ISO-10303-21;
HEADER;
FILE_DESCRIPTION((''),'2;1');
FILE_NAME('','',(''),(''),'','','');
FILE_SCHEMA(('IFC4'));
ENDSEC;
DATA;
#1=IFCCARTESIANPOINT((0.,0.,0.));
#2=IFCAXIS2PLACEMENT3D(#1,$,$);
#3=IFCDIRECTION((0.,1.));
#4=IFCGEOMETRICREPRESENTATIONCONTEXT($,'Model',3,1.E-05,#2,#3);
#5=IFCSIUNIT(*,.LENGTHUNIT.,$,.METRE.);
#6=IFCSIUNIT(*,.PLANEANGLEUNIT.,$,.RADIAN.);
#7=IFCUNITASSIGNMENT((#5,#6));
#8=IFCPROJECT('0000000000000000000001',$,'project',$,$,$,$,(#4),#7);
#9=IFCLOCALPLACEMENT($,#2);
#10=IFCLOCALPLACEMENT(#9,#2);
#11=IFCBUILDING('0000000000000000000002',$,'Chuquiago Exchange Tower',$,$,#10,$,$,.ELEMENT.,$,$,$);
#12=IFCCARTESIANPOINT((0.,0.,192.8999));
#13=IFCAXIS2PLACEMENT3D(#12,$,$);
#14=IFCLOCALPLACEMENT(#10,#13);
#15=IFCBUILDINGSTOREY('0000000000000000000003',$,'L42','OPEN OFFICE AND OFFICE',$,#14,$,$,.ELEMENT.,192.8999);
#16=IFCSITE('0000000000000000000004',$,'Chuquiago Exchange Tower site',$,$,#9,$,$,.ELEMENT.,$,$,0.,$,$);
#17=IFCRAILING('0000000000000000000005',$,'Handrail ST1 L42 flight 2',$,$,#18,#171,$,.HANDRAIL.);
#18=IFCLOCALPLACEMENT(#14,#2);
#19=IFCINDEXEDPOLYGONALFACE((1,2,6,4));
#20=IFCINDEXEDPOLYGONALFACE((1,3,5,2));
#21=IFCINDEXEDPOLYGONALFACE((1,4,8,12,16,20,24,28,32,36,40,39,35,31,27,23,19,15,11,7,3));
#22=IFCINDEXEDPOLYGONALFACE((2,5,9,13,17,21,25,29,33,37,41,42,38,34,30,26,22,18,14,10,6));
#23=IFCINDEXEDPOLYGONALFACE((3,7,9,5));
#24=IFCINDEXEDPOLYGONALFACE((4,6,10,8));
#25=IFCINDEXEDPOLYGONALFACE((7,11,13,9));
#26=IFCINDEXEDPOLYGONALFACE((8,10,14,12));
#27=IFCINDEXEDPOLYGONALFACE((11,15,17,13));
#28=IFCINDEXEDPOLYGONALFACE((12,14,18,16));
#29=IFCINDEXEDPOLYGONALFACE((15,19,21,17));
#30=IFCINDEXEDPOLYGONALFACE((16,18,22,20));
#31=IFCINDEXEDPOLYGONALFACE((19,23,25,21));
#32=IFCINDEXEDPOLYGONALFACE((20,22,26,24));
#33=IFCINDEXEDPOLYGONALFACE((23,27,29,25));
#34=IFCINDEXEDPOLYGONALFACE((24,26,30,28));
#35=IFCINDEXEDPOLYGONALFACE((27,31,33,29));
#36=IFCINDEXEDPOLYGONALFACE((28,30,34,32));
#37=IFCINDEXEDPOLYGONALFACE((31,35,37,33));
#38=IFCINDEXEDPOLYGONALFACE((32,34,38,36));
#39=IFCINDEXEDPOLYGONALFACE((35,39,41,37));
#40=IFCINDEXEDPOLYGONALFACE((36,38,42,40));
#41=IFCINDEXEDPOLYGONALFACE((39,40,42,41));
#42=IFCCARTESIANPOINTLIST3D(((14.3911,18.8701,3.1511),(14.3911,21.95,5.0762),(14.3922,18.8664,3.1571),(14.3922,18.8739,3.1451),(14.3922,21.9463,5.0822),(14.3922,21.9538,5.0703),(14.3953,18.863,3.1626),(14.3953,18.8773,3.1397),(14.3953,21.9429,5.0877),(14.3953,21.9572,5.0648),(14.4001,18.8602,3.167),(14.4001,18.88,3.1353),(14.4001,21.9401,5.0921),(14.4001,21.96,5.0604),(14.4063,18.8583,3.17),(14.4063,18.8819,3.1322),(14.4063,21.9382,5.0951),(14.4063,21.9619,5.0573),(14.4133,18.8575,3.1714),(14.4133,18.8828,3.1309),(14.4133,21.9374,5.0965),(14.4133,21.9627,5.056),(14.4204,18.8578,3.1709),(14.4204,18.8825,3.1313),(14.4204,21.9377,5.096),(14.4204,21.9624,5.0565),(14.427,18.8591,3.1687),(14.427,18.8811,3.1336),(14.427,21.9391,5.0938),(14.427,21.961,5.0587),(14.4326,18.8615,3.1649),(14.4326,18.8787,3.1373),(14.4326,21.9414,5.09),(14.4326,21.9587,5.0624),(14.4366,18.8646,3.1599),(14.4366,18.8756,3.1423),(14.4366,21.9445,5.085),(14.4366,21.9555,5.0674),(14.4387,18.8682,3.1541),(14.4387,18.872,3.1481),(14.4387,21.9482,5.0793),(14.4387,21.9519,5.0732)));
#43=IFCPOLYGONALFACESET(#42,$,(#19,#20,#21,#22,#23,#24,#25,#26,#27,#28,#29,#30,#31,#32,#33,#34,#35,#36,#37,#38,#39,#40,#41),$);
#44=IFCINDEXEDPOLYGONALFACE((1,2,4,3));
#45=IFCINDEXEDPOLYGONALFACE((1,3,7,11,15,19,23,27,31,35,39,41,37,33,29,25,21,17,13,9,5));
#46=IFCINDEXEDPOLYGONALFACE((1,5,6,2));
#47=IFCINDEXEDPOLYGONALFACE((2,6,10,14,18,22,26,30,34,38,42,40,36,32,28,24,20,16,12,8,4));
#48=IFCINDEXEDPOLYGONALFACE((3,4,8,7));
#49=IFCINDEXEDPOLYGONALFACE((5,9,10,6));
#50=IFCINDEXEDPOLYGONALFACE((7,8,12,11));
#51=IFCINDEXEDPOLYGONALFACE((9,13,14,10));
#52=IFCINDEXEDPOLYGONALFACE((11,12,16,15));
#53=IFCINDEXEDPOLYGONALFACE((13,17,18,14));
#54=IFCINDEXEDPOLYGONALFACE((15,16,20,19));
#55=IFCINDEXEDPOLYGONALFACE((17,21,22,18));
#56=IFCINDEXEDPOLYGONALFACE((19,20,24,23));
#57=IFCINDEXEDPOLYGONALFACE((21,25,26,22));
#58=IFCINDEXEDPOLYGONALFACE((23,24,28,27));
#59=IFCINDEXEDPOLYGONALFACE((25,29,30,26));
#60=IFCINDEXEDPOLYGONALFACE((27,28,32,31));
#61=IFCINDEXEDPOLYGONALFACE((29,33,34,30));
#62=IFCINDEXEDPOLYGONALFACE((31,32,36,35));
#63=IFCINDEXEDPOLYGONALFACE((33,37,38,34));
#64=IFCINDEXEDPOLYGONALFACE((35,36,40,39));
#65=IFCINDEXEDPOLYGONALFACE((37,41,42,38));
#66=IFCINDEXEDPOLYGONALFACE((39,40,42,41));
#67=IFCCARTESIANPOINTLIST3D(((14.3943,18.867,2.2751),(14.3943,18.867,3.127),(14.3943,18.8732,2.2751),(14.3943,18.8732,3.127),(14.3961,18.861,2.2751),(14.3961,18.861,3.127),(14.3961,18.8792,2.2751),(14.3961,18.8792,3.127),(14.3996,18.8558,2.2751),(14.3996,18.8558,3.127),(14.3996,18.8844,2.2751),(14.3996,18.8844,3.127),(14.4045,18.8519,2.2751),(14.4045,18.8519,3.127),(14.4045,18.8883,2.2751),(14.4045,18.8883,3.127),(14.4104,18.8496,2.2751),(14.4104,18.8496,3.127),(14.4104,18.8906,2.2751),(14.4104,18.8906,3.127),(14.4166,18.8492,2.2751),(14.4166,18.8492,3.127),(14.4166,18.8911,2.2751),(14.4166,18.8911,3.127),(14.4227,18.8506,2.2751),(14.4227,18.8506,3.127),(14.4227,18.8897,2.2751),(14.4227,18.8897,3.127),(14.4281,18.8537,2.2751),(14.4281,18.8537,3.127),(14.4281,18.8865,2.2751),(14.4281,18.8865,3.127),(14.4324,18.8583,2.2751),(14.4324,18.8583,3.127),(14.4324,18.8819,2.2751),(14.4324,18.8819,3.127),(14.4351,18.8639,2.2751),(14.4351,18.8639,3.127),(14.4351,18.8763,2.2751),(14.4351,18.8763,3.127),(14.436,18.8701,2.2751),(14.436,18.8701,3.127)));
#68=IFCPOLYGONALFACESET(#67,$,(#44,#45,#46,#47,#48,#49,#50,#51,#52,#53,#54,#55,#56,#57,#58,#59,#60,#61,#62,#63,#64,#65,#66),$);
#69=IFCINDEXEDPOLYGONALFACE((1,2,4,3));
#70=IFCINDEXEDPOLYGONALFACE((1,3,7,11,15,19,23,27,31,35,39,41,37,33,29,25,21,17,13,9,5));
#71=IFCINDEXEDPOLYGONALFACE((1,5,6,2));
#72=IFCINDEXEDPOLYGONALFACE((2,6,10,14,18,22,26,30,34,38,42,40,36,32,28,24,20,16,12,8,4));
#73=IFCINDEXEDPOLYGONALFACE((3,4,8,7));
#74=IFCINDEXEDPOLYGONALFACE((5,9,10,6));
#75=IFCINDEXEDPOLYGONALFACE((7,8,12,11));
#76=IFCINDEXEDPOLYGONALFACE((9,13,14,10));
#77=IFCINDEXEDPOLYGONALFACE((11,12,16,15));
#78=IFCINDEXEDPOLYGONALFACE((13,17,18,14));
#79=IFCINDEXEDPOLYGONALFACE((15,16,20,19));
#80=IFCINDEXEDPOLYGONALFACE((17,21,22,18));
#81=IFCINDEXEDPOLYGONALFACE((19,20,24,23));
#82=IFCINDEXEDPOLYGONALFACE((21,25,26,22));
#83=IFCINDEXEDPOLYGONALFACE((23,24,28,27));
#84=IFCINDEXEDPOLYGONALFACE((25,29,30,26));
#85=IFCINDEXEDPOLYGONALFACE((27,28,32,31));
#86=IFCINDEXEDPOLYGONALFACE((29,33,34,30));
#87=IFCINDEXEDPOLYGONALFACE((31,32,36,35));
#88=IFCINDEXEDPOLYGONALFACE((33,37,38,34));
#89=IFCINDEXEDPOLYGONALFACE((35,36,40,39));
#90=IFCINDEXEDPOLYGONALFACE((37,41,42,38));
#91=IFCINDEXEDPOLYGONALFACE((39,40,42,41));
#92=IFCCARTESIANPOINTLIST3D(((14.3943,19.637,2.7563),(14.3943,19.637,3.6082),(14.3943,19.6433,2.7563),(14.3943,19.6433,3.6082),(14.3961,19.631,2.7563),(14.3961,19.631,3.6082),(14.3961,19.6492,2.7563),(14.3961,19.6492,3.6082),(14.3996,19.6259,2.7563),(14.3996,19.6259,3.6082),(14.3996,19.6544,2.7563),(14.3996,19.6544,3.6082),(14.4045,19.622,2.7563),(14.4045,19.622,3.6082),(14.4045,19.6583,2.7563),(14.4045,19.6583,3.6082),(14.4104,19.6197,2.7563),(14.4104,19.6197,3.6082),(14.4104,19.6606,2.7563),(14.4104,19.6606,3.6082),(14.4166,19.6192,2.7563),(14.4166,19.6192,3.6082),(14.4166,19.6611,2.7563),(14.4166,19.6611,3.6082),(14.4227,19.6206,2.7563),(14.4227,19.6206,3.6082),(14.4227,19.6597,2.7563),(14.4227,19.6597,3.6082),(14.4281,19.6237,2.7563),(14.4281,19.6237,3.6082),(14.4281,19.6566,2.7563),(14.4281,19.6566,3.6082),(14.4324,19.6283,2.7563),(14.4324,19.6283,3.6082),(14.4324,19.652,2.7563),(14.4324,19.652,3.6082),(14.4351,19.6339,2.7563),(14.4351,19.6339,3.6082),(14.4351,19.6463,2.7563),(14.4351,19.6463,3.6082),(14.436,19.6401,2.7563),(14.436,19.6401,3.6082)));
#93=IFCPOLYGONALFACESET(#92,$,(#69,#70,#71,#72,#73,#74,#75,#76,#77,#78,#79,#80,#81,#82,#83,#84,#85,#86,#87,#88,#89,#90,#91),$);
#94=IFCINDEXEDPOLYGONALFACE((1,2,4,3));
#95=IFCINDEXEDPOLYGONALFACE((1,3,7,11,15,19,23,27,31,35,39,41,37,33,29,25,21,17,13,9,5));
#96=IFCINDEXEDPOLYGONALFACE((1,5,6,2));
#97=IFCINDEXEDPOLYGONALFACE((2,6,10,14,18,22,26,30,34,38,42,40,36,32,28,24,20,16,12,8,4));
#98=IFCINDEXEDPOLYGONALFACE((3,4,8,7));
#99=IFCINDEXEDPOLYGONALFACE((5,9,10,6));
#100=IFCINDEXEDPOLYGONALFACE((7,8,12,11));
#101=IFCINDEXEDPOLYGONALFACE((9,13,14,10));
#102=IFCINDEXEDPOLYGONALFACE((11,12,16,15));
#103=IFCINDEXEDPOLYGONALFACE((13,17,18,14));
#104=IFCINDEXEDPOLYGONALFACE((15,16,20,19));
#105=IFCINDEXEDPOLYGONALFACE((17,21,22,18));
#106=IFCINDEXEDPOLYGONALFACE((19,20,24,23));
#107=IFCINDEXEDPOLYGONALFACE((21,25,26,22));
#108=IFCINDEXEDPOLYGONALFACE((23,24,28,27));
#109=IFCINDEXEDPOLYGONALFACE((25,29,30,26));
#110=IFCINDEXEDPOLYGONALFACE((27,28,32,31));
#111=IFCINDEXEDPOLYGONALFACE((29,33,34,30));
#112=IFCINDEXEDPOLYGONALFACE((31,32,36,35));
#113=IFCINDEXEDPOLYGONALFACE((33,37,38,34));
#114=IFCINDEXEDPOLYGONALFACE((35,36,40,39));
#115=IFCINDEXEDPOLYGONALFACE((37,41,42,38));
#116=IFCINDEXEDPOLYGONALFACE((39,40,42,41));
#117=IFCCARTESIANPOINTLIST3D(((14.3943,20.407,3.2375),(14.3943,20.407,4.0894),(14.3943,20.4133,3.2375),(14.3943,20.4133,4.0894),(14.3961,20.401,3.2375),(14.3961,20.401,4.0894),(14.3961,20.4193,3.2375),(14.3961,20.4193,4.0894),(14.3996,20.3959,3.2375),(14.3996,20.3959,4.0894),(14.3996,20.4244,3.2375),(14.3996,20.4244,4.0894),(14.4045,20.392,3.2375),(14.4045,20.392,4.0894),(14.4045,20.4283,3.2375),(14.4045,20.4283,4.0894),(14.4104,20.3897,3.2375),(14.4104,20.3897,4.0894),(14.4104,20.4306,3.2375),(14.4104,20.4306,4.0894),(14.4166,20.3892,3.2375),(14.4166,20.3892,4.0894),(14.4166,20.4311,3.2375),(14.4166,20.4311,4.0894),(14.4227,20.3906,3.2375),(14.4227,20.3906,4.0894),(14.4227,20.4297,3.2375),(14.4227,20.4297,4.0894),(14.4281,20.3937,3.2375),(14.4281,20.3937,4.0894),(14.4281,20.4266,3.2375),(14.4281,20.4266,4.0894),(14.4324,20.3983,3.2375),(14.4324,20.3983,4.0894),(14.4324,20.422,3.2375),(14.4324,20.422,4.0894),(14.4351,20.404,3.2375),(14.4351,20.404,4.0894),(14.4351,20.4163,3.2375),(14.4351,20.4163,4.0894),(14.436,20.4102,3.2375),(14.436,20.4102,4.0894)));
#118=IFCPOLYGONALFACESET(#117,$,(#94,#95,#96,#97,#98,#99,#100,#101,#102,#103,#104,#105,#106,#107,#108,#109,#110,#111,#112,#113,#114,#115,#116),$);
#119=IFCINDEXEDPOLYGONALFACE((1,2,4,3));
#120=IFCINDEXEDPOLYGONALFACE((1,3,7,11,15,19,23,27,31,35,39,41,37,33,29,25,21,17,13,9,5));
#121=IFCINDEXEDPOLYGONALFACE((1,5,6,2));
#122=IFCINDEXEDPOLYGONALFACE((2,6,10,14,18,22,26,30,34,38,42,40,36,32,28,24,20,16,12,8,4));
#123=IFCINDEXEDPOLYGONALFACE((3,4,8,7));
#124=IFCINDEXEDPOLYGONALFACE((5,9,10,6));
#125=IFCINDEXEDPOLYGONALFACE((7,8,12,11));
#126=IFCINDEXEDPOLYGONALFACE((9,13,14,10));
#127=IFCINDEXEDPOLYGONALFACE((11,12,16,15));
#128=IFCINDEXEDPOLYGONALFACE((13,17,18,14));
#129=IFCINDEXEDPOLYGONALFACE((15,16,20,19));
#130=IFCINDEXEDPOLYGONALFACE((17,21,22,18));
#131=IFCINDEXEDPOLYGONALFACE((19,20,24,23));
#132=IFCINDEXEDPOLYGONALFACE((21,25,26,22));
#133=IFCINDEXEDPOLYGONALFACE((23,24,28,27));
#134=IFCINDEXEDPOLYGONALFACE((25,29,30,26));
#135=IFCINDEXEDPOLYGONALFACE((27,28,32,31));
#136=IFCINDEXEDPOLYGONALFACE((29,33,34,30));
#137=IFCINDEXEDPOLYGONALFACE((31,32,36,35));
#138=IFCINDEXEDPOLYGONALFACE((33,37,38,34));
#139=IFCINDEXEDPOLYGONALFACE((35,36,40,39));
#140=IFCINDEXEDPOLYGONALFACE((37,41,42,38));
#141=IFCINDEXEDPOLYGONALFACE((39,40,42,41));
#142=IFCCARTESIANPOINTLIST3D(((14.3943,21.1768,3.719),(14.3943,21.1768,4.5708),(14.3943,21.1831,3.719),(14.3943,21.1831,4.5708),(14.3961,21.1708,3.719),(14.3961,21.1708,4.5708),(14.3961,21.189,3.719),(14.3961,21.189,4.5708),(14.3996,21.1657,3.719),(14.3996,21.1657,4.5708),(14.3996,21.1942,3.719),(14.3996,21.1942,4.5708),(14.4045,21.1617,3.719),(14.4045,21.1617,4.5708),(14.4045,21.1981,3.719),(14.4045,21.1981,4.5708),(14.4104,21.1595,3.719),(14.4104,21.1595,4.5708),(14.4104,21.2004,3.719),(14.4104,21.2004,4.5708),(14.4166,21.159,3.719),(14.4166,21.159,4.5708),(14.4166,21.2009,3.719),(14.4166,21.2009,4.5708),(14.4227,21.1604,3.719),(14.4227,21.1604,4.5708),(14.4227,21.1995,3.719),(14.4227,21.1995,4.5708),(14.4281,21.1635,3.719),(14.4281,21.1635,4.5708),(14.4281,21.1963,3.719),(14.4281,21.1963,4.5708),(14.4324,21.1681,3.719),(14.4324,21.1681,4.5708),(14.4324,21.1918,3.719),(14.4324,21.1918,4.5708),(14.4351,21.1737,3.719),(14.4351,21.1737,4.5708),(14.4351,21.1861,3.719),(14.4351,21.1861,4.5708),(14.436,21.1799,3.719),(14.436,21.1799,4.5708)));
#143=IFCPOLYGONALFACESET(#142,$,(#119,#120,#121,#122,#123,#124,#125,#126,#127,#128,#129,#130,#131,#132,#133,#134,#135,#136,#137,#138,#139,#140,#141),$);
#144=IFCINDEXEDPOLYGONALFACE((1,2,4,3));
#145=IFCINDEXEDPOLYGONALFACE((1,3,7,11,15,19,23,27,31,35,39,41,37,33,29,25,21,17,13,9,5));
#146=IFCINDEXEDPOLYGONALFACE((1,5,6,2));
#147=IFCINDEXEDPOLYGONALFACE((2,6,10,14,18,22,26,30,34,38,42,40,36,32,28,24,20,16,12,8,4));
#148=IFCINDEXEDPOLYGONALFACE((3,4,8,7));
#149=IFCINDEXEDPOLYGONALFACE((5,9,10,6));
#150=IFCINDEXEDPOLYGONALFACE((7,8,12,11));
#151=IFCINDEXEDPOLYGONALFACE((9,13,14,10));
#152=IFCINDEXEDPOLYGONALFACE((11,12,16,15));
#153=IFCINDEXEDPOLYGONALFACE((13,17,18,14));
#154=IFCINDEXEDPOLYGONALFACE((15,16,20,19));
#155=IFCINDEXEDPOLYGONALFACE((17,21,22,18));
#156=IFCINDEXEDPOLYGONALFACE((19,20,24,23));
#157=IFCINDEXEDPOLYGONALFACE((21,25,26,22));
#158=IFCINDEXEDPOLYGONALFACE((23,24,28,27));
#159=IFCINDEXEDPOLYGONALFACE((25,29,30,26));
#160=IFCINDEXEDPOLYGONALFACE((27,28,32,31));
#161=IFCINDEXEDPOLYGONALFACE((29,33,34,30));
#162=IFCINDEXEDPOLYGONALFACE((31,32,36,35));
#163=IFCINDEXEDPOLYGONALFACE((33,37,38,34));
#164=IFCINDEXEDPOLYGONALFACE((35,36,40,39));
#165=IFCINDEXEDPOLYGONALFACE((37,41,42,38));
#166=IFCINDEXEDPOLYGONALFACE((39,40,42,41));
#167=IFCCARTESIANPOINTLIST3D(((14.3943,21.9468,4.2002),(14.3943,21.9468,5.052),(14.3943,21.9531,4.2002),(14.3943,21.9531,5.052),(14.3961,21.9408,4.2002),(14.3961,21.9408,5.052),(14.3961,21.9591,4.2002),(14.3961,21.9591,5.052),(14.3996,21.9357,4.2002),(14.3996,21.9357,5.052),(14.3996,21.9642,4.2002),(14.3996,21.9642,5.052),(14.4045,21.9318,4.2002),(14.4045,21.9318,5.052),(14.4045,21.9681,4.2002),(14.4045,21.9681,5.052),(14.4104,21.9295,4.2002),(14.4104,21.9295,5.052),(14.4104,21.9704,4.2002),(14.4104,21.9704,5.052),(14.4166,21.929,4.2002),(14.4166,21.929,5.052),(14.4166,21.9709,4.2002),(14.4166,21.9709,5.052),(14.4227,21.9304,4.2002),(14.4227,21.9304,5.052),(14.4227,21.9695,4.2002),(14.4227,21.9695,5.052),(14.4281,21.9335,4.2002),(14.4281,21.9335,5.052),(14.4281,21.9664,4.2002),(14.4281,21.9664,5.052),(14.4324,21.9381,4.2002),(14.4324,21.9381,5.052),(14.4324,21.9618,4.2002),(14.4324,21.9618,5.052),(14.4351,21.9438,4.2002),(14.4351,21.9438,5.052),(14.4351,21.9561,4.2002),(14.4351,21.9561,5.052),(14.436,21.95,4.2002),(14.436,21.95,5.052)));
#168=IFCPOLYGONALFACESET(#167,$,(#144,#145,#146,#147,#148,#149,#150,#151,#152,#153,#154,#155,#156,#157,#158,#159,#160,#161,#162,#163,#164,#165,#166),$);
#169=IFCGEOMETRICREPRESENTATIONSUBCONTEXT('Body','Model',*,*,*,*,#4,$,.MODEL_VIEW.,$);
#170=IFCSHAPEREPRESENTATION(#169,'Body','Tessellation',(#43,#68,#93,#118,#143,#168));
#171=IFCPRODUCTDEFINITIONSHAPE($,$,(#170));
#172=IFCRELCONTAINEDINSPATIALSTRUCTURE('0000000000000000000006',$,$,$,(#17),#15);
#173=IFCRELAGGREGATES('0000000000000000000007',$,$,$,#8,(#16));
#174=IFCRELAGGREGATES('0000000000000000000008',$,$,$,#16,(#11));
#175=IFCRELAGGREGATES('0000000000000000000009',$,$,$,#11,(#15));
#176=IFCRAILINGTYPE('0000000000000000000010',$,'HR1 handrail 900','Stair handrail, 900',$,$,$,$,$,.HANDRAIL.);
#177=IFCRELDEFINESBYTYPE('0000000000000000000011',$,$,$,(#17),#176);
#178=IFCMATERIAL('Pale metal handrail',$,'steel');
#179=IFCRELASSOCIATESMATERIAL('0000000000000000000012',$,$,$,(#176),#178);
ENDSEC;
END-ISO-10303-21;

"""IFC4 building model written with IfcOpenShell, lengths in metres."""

from ifc_helpers import new_model, si_unit, direction, frame, origin, origin_2d, place, context, subcontext, project, spatial, circle, extrude, material, type_object, element, save


model = new_model("IFC4")

# Units and contexts
model_context = context("Model", 3, precision=1e-05, world=origin(), true_north=direction((0.0, 1.0)))
body_context = subcontext(model_context, "Body", "Model", "MODEL_VIEW")
ifc_project = project(units=[si_unit("LENGTHUNIT", "METRE"), si_unit("PLANEANGLEUNIT", "RADIAN")], contexts=[model_context])

# Site, building, storey
site_placement = place(None, origin())
site = spatial("IfcSite", under=ifc_project, at=site_placement, Name="Chuquiago Exchange Tower site", CompositionType="ELEMENT", RefElevation=0.0)
building_placement = place(site_placement, origin())
building = spatial("IfcBuilding", under=site, at=building_placement, Name="Chuquiago Exchange Tower", CompositionType="ELEMENT")
storey_placement = place(building_placement, frame((0.0, 0.0, 192.8999)))
storey = spatial("IfcBuildingStorey", under=building, at=storey_placement, Name="L42", Description="OPEN OFFICE AND OFFICE", CompositionType="ELEMENT", Elevation=192.8999)

# Railing
ifc_material_1 = material(Name="Pale metal handrail", Category="steel")
railing_type_1 = type_object("IfcRailingType", Name="HR1 handrail 900", Description="Stair handrail, 900", PredefinedType="HANDRAIL", material=ifc_material_1)
for number, where, name in (
    (1, (14.415, 18.8701, 2.2751), "Handrail ST1 L42 flight 2"),
):
    element("IfcRailing", number, at=place(storey_placement, frame(where)), inside=storey, type_object=railing_type_1, Name=name, PredefinedType="HANDRAIL", context=body_context, shape_type="SweptSolid", body=[
        extrude(circle(Radius=0.0239, at=origin_2d()), frame((0.0, 0.0, 0.876), z_axis=(0.0, 0.847979, 0.530029), x_axis=(-1.0, 0.0, 0.0)), (0.0, 0.0, 1.0), 3.6321),
        extrude(circle(Radius=0.021, at=origin_2d()), origin(), (0.0, 0.0, 1.0), 0.8518),
        extrude(circle(Radius=0.021, at=origin_2d()), frame((0.0, 0.77, 0.4812)), (0.0, 0.0, 1.0), 0.8518),
        extrude(circle(Radius=0.021, at=origin_2d()), frame((0.0, 1.54, 0.9624)), (0.0, 0.0, 1.0), 0.8518),
        extrude(circle(Radius=0.021, at=origin_2d()), frame((0.0, 2.3098, 1.4438)), (0.0, 0.0, 1.0), 0.8518),
        extrude(circle(Radius=0.021, at=origin_2d()), frame((0.0, 3.0798, 1.925)), (0.0, 0.0, 1.0), 0.8518),
    ])

save(model, "model.ifc")
